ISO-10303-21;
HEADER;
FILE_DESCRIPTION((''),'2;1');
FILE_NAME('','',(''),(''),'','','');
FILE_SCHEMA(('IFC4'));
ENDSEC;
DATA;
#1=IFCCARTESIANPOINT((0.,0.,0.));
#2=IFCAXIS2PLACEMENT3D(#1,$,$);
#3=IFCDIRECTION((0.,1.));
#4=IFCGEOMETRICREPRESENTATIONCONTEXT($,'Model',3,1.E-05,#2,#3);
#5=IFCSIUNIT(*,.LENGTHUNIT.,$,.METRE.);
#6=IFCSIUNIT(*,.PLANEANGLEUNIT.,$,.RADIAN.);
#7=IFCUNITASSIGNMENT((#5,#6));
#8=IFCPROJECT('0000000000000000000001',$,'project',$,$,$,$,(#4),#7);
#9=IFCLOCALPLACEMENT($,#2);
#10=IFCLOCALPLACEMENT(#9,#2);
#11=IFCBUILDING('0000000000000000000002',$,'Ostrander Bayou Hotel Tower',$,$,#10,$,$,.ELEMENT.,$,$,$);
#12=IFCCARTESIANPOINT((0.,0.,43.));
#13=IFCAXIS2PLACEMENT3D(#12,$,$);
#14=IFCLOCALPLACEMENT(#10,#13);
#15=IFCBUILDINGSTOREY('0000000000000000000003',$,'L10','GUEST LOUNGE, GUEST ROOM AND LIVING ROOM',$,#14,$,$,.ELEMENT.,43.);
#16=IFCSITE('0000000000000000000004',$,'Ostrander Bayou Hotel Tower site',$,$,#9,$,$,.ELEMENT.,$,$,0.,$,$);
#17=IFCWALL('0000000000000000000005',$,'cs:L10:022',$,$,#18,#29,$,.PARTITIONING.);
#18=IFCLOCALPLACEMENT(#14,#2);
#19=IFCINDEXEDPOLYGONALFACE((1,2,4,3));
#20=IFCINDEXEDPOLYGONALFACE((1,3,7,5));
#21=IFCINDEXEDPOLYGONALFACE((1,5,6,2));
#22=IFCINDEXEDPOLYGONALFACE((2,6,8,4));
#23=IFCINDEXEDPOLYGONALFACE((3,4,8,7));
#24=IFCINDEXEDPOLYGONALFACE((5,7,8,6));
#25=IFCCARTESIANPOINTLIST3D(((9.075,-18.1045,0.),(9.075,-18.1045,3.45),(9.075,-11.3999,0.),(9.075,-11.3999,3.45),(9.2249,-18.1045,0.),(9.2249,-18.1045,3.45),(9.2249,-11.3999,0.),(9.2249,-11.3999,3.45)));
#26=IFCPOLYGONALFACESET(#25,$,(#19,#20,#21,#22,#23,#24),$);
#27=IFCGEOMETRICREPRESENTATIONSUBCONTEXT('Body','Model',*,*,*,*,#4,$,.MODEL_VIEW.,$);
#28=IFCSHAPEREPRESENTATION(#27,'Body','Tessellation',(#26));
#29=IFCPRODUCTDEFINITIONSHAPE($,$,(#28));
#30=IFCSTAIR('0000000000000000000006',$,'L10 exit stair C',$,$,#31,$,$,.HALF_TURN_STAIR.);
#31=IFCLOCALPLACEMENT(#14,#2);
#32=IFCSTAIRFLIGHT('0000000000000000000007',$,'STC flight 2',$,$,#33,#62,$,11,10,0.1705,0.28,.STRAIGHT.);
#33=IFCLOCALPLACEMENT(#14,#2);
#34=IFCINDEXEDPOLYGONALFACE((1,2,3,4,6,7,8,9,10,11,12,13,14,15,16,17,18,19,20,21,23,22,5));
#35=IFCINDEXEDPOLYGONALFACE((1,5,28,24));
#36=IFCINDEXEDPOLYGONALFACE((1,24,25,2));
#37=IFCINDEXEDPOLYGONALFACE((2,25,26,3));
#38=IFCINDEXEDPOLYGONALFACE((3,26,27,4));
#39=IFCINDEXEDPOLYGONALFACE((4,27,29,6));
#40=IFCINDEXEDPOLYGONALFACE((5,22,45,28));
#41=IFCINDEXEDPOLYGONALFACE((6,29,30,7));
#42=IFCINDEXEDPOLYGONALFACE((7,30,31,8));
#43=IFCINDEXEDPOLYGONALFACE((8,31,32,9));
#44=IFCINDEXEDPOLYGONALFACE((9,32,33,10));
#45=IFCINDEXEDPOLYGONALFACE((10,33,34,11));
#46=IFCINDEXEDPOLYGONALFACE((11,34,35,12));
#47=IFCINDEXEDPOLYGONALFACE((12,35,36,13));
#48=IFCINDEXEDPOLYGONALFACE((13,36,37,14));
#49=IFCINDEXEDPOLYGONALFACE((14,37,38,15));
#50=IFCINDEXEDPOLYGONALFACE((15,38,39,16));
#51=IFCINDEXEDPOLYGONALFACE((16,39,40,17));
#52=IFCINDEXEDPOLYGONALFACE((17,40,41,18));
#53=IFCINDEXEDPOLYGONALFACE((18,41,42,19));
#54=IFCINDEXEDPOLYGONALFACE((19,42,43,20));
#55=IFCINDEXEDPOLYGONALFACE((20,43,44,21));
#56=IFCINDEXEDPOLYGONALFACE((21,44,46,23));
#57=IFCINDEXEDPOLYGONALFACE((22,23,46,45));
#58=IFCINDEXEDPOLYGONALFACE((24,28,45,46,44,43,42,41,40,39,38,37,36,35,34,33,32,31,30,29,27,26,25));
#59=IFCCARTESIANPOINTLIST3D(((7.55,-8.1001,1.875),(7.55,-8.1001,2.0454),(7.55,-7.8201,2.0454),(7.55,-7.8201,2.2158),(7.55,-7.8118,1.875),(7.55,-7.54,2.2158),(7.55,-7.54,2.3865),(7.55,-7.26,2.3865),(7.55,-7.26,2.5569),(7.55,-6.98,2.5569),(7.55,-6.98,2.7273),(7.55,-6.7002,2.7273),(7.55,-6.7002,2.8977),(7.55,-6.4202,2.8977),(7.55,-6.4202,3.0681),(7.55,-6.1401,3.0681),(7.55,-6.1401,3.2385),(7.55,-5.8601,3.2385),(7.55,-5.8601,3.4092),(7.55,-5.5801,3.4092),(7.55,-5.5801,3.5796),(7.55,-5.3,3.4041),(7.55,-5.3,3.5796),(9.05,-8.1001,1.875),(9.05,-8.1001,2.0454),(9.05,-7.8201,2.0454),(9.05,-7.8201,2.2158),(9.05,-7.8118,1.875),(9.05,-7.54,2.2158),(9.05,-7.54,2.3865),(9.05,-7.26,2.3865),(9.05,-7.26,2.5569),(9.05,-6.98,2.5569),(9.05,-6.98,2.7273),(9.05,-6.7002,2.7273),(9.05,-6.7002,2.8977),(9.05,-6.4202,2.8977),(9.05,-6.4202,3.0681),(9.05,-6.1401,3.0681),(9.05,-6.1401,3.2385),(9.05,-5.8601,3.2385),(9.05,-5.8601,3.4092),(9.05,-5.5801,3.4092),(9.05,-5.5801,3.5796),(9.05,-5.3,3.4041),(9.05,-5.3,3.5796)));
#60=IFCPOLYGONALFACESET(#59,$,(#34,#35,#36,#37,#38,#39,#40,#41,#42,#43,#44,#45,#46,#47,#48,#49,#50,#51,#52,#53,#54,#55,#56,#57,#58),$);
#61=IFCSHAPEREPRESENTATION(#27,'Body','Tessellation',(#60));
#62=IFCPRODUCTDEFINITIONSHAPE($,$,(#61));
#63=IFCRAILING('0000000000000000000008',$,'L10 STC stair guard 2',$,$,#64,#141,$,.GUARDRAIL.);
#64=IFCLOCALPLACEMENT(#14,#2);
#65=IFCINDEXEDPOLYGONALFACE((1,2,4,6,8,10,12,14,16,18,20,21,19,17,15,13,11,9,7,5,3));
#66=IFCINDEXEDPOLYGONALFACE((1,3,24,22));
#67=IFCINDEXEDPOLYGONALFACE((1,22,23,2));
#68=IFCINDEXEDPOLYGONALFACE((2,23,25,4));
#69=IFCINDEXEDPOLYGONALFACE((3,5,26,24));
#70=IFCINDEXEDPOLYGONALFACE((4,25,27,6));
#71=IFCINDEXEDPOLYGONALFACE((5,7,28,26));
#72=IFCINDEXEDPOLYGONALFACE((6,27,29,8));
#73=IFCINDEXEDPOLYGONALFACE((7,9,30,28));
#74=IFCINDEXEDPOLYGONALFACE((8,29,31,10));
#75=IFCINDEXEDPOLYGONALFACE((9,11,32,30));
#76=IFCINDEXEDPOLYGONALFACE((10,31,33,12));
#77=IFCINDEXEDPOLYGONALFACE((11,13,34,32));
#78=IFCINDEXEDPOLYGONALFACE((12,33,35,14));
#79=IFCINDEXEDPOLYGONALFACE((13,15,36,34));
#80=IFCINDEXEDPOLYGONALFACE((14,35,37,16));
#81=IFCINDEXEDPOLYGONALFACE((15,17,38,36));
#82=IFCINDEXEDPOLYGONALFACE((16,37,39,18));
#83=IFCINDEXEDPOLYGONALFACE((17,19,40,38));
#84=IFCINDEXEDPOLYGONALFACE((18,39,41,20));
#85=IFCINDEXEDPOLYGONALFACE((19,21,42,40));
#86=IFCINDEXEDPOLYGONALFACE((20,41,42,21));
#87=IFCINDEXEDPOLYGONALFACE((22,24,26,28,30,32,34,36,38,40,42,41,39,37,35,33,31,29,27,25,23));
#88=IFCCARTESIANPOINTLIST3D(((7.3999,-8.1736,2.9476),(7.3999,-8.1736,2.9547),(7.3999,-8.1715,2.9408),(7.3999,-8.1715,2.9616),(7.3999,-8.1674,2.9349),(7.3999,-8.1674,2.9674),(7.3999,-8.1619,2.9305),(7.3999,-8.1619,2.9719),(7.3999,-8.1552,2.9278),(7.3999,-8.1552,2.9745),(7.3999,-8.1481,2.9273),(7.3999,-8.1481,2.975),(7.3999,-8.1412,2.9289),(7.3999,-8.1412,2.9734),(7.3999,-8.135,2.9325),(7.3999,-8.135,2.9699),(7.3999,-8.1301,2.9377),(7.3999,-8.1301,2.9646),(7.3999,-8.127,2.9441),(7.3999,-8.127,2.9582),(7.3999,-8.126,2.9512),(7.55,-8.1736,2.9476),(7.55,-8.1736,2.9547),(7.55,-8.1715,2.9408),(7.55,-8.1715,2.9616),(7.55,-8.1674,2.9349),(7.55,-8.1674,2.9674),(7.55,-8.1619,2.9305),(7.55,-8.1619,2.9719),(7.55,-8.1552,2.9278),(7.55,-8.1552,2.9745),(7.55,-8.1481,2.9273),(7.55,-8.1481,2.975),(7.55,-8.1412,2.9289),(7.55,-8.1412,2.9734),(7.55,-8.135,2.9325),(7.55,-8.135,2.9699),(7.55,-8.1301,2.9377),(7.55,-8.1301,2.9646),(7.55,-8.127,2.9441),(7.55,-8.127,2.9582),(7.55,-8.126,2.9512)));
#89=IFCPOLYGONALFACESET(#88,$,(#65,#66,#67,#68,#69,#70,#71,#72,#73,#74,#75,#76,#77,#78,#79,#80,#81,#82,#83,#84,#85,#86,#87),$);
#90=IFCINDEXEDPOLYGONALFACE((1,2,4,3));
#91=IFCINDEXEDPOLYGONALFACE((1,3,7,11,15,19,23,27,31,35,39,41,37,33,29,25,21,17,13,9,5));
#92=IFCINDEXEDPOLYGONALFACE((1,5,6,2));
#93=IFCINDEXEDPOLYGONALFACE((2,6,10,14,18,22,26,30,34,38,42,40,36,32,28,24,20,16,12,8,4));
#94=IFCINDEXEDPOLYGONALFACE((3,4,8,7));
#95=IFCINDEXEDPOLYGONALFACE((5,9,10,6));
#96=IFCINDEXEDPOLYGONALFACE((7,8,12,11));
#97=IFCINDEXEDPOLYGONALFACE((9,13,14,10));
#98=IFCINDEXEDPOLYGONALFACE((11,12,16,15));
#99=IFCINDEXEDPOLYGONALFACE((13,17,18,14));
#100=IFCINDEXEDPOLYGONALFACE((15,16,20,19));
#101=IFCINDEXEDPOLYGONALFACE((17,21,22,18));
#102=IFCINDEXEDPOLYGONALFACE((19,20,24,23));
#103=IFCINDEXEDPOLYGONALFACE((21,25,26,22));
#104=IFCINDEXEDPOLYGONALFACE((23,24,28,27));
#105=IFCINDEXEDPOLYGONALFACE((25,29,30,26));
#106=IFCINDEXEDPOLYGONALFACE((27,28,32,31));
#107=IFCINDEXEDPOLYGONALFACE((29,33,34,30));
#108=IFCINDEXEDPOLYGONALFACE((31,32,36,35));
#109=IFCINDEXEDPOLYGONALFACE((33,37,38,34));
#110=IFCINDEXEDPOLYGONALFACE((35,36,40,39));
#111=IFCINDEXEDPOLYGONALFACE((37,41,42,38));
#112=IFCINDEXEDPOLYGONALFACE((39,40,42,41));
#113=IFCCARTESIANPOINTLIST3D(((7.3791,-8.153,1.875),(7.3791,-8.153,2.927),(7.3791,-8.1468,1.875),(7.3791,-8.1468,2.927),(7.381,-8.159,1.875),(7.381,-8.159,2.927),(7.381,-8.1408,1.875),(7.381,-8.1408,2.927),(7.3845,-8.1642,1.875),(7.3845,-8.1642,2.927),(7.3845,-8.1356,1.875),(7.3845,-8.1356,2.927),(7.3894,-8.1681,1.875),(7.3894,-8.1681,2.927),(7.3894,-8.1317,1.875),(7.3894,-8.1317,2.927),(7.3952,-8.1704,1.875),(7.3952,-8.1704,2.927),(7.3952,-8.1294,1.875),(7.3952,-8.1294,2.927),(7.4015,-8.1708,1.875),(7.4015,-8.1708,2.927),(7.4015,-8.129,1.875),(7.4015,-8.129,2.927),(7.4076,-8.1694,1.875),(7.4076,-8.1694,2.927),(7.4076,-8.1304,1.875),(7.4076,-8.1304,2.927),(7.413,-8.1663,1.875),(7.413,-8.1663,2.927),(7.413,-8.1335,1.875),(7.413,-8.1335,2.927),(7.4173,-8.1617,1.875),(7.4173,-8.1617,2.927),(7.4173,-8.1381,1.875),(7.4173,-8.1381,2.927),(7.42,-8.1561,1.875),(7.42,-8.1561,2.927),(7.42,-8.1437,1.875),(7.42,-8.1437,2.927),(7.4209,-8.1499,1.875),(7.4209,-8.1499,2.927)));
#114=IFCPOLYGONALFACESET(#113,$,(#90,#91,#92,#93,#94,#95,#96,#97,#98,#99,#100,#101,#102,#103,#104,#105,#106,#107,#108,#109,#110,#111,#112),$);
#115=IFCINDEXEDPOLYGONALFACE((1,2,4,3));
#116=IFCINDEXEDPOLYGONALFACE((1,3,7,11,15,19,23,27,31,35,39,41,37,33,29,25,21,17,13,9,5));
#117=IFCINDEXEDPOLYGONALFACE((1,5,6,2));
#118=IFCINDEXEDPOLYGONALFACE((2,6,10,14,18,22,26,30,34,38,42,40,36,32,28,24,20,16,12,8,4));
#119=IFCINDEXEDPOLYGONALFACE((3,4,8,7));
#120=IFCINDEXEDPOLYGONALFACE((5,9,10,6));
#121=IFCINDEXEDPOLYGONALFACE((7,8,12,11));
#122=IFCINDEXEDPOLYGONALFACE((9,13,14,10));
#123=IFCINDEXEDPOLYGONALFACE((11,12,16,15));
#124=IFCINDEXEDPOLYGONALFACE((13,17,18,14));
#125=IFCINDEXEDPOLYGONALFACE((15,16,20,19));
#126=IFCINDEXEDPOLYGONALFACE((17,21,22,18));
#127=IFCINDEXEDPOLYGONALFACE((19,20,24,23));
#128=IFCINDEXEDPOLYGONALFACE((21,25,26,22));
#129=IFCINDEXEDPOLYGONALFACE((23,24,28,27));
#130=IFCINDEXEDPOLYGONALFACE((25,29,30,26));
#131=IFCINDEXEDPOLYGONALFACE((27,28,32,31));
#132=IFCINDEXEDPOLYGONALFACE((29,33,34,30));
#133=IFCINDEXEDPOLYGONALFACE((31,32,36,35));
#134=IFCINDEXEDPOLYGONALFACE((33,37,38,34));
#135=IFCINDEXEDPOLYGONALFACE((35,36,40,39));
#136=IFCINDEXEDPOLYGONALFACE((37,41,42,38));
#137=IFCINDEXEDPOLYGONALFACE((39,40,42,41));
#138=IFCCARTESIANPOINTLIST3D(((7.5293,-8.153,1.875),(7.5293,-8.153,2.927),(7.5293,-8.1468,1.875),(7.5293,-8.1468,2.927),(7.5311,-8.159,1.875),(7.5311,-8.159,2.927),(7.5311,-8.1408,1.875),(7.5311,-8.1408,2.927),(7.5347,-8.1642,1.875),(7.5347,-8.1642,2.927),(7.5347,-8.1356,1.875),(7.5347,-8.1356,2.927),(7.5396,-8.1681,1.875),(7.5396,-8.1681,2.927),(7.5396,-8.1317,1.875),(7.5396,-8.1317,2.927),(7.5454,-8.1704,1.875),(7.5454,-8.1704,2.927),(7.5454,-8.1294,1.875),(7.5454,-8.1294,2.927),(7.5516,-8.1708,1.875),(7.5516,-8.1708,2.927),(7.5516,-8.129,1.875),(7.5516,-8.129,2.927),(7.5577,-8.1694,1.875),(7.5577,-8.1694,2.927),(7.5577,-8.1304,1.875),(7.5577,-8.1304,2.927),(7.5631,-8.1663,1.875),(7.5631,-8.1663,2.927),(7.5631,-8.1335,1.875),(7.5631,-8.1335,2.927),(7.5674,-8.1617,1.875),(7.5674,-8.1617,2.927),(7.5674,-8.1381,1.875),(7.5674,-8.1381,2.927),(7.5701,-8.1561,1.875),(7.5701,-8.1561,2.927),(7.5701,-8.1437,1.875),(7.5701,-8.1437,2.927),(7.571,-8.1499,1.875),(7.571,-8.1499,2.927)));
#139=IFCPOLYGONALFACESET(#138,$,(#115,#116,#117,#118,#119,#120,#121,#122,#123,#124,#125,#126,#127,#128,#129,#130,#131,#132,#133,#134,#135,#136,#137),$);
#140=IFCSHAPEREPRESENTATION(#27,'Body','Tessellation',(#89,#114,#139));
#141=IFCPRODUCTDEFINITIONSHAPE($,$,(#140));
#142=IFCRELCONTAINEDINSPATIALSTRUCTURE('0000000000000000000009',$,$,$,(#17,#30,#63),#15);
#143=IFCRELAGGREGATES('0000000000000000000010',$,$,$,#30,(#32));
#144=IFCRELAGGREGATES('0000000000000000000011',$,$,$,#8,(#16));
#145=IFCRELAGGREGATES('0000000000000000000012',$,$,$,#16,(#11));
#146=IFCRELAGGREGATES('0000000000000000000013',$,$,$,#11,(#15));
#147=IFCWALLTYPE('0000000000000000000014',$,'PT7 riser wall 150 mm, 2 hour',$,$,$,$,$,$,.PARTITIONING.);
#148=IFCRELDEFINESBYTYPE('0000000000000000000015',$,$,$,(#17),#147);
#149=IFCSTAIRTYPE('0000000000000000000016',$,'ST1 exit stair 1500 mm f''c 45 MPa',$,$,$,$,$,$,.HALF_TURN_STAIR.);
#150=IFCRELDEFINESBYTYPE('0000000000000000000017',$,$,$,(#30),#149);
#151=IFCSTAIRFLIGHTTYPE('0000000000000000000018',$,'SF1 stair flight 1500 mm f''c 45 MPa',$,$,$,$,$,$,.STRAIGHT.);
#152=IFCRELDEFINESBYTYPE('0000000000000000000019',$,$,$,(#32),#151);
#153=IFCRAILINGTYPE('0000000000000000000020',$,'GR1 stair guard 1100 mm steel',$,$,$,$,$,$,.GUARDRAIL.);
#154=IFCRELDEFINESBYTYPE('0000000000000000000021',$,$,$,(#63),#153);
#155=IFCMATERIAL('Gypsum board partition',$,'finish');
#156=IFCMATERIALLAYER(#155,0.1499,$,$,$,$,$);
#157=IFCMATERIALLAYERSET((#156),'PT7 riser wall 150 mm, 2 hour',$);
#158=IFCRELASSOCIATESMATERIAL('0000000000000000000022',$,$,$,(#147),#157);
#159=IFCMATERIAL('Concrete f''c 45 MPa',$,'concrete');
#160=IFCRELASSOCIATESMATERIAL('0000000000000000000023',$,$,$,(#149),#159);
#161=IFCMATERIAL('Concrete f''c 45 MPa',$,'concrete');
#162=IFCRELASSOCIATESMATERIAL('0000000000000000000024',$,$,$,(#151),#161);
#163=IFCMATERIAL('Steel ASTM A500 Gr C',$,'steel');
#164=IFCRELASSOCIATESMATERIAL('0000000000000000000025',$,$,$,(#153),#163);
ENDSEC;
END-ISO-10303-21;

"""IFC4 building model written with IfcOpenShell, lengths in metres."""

from ifc_helpers import new_model, si_unit, direction, frame, frame_2d, origin, origin_2d, place, context, subcontext, project, spatial, polyline, rectangle, circle, outline, extrude, material, layer, layer_set, type_object, element, aggregate, save


model = new_model("IFC4")

# Units and contexts
model_context = context("Model", 3, precision=1e-05, world=origin(), true_north=direction((0.0, 1.0)))
body_context = subcontext(model_context, "Body", "Model", "MODEL_VIEW")
ifc_project = project(units=[si_unit("LENGTHUNIT", "METRE"), si_unit("PLANEANGLEUNIT", "RADIAN")], contexts=[model_context])

# Site, building, storey
site_placement = place(None, origin())
site = spatial("IfcSite", under=ifc_project, at=site_placement, Name="Ostrander Bayou Hotel Tower site", CompositionType="ELEMENT", RefElevation=0.0)
building_placement = place(site_placement, origin())
building = spatial("IfcBuilding", under=site, at=building_placement, Name="Ostrander Bayou Hotel Tower", CompositionType="ELEMENT")
storey_placement = place(building_placement, frame((0.0, 0.0, 43.0)))
storey = spatial("IfcBuildingStorey", under=building, at=storey_placement, Name="L10", Description="GUEST LOUNGE, GUEST ROOM AND LIVING ROOM", CompositionType="ELEMENT", Elevation=43.0)

# Wall
ifc_material_1 = material(Name="Gypsum board partition", Category="finish")
ifc_layer_1 = layer(ifc_material_1, 0.1499)
ifc_layer_set_1 = layer_set([ifc_layer_1], Name="PT7 riser wall 150 mm, 2 hour")
wall_type_1 = type_object("IfcWallType", Name="PT7 riser wall 150 mm, 2 hour", PredefinedType="PARTITIONING", material=ifc_layer_set_1)
wall_1_placement = place(storey_placement, frame((9.1499, -11.3999, 0.0), z_axis=(0.0, 0.0, 1.0), x_axis=(0.0, -1.0, 0.0)))
element("IfcWall", 1, at=wall_1_placement, inside=storey, type_object=wall_type_1, Name="cs:L10:022", PredefinedType="PARTITIONING", context=body_context, shape_type="SweptSolid", body=[
    extrude(rectangle(XDim=6.7046, YDim=0.1499, at=frame_2d((3.3523, 0.0))), origin(), (0.0, 0.0, 1.0), 3.45),
])

# Stair, stair flight
ifc_material_2 = material(Name="Concrete f'c 45 MPa", Category="concrete")
stair_type = type_object("IfcStairType", Name="ST1 exit stair 1500 mm f'c 45 MPa", PredefinedType="HALF_TURN_STAIR", material=ifc_material_2)
stair_placement = place(storey_placement, origin())
stair = element("IfcStair", 2, at=stair_placement, inside=storey, type_object=stair_type, Name="L10 exit stair C", PredefinedType="HALF_TURN_STAIR")
ifc_material_3 = material(Name="Concrete f'c 45 MPa", Category="concrete")
stair_flight_type = type_object("IfcStairFlightType", Name="SF1 stair flight 1500 mm f'c 45 MPa", PredefinedType="STRAIGHT", material=ifc_material_3)
stair_flight_placement = place(storey_placement, frame((8.3, -8.1001, 1.875), z_axis=(0.0, 0.0, 1.0), x_axis=(0.0, 1.0, 0.0)))
stair_flight = element("IfcStairFlight", 3, at=stair_flight_placement, type_object=stair_flight_type, Name="STC flight 2", NumberOfRisers=11, NumberOfTreads=10, PredefinedType="STRAIGHT", RiserHeight=0.1705, TreadLength=0.28, context=body_context, shape_type="SweptSolid", body=[
    extrude(outline(polyline([(0.0, 0.0), (0.0, 0.1704), (0.28, 0.1704), (0.28, 0.3408), (0.5601, 0.3408), (0.5601, 0.5115), (0.8401, 0.5115), (0.8401, 0.6819), (1.1201, 0.6819), (1.1201, 0.8523), (1.3999, 0.8523), (1.3999, 1.0227), (1.6799, 1.0227), (1.6799, 1.1931), (1.96, 1.1931), (1.96, 1.3635), (2.24, 1.3635), (2.24, 1.5342), (2.52, 1.5342), (2.52, 1.7046), (2.8, 1.7046), (2.8, 1.875), (2.8, 1.5291), (0.2883, 0.0), (0.0, 0.0)])), frame((0.0, 0.75, 0.0), z_axis=(0.0, -1.0, 0.0), x_axis=(1.0, 0.0, 0.0)), (0.0, 0.0, 1.0), 1.5),
])
aggregate(stair, [stair_flight])

# Railing
ifc_material_4 = material(Name="Steel ASTM A500 Gr C", Category="steel")
railing_type = type_object("IfcRailingType", Name="GR1 stair guard 1100 mm steel", PredefinedType="GUARDRAIL", material=ifc_material_4)
railing_1_placement = place(storey_placement, frame((7.3999, -8.1499, 1.875)))
element("IfcRailing", 4, at=railing_1_placement, inside=storey, type_object=railing_type, Name="L10 STC stair guard 2", PredefinedType="GUARDRAIL", context=body_context, shape_type="SweptSolid", body=[
    extrude(circle(Radius=0.0239, at=origin_2d()), frame((0.0, 0.0, 1.0762), z_axis=(1.0, 0.0, 0.0), x_axis=(0.0, 1.0, 0.0)), (0.0, 0.0, 1.0), 0.1501),
    extrude(circle(Radius=0.021, at=origin_2d()), origin(), (0.0, 0.0, 1.0), 1.052),
    extrude(circle(Radius=0.021, at=origin_2d()), frame((0.1501, 0.0, 0.0)), (0.0, 0.0, 1.0), 1.052),
])

save(model, "model.ifc")
